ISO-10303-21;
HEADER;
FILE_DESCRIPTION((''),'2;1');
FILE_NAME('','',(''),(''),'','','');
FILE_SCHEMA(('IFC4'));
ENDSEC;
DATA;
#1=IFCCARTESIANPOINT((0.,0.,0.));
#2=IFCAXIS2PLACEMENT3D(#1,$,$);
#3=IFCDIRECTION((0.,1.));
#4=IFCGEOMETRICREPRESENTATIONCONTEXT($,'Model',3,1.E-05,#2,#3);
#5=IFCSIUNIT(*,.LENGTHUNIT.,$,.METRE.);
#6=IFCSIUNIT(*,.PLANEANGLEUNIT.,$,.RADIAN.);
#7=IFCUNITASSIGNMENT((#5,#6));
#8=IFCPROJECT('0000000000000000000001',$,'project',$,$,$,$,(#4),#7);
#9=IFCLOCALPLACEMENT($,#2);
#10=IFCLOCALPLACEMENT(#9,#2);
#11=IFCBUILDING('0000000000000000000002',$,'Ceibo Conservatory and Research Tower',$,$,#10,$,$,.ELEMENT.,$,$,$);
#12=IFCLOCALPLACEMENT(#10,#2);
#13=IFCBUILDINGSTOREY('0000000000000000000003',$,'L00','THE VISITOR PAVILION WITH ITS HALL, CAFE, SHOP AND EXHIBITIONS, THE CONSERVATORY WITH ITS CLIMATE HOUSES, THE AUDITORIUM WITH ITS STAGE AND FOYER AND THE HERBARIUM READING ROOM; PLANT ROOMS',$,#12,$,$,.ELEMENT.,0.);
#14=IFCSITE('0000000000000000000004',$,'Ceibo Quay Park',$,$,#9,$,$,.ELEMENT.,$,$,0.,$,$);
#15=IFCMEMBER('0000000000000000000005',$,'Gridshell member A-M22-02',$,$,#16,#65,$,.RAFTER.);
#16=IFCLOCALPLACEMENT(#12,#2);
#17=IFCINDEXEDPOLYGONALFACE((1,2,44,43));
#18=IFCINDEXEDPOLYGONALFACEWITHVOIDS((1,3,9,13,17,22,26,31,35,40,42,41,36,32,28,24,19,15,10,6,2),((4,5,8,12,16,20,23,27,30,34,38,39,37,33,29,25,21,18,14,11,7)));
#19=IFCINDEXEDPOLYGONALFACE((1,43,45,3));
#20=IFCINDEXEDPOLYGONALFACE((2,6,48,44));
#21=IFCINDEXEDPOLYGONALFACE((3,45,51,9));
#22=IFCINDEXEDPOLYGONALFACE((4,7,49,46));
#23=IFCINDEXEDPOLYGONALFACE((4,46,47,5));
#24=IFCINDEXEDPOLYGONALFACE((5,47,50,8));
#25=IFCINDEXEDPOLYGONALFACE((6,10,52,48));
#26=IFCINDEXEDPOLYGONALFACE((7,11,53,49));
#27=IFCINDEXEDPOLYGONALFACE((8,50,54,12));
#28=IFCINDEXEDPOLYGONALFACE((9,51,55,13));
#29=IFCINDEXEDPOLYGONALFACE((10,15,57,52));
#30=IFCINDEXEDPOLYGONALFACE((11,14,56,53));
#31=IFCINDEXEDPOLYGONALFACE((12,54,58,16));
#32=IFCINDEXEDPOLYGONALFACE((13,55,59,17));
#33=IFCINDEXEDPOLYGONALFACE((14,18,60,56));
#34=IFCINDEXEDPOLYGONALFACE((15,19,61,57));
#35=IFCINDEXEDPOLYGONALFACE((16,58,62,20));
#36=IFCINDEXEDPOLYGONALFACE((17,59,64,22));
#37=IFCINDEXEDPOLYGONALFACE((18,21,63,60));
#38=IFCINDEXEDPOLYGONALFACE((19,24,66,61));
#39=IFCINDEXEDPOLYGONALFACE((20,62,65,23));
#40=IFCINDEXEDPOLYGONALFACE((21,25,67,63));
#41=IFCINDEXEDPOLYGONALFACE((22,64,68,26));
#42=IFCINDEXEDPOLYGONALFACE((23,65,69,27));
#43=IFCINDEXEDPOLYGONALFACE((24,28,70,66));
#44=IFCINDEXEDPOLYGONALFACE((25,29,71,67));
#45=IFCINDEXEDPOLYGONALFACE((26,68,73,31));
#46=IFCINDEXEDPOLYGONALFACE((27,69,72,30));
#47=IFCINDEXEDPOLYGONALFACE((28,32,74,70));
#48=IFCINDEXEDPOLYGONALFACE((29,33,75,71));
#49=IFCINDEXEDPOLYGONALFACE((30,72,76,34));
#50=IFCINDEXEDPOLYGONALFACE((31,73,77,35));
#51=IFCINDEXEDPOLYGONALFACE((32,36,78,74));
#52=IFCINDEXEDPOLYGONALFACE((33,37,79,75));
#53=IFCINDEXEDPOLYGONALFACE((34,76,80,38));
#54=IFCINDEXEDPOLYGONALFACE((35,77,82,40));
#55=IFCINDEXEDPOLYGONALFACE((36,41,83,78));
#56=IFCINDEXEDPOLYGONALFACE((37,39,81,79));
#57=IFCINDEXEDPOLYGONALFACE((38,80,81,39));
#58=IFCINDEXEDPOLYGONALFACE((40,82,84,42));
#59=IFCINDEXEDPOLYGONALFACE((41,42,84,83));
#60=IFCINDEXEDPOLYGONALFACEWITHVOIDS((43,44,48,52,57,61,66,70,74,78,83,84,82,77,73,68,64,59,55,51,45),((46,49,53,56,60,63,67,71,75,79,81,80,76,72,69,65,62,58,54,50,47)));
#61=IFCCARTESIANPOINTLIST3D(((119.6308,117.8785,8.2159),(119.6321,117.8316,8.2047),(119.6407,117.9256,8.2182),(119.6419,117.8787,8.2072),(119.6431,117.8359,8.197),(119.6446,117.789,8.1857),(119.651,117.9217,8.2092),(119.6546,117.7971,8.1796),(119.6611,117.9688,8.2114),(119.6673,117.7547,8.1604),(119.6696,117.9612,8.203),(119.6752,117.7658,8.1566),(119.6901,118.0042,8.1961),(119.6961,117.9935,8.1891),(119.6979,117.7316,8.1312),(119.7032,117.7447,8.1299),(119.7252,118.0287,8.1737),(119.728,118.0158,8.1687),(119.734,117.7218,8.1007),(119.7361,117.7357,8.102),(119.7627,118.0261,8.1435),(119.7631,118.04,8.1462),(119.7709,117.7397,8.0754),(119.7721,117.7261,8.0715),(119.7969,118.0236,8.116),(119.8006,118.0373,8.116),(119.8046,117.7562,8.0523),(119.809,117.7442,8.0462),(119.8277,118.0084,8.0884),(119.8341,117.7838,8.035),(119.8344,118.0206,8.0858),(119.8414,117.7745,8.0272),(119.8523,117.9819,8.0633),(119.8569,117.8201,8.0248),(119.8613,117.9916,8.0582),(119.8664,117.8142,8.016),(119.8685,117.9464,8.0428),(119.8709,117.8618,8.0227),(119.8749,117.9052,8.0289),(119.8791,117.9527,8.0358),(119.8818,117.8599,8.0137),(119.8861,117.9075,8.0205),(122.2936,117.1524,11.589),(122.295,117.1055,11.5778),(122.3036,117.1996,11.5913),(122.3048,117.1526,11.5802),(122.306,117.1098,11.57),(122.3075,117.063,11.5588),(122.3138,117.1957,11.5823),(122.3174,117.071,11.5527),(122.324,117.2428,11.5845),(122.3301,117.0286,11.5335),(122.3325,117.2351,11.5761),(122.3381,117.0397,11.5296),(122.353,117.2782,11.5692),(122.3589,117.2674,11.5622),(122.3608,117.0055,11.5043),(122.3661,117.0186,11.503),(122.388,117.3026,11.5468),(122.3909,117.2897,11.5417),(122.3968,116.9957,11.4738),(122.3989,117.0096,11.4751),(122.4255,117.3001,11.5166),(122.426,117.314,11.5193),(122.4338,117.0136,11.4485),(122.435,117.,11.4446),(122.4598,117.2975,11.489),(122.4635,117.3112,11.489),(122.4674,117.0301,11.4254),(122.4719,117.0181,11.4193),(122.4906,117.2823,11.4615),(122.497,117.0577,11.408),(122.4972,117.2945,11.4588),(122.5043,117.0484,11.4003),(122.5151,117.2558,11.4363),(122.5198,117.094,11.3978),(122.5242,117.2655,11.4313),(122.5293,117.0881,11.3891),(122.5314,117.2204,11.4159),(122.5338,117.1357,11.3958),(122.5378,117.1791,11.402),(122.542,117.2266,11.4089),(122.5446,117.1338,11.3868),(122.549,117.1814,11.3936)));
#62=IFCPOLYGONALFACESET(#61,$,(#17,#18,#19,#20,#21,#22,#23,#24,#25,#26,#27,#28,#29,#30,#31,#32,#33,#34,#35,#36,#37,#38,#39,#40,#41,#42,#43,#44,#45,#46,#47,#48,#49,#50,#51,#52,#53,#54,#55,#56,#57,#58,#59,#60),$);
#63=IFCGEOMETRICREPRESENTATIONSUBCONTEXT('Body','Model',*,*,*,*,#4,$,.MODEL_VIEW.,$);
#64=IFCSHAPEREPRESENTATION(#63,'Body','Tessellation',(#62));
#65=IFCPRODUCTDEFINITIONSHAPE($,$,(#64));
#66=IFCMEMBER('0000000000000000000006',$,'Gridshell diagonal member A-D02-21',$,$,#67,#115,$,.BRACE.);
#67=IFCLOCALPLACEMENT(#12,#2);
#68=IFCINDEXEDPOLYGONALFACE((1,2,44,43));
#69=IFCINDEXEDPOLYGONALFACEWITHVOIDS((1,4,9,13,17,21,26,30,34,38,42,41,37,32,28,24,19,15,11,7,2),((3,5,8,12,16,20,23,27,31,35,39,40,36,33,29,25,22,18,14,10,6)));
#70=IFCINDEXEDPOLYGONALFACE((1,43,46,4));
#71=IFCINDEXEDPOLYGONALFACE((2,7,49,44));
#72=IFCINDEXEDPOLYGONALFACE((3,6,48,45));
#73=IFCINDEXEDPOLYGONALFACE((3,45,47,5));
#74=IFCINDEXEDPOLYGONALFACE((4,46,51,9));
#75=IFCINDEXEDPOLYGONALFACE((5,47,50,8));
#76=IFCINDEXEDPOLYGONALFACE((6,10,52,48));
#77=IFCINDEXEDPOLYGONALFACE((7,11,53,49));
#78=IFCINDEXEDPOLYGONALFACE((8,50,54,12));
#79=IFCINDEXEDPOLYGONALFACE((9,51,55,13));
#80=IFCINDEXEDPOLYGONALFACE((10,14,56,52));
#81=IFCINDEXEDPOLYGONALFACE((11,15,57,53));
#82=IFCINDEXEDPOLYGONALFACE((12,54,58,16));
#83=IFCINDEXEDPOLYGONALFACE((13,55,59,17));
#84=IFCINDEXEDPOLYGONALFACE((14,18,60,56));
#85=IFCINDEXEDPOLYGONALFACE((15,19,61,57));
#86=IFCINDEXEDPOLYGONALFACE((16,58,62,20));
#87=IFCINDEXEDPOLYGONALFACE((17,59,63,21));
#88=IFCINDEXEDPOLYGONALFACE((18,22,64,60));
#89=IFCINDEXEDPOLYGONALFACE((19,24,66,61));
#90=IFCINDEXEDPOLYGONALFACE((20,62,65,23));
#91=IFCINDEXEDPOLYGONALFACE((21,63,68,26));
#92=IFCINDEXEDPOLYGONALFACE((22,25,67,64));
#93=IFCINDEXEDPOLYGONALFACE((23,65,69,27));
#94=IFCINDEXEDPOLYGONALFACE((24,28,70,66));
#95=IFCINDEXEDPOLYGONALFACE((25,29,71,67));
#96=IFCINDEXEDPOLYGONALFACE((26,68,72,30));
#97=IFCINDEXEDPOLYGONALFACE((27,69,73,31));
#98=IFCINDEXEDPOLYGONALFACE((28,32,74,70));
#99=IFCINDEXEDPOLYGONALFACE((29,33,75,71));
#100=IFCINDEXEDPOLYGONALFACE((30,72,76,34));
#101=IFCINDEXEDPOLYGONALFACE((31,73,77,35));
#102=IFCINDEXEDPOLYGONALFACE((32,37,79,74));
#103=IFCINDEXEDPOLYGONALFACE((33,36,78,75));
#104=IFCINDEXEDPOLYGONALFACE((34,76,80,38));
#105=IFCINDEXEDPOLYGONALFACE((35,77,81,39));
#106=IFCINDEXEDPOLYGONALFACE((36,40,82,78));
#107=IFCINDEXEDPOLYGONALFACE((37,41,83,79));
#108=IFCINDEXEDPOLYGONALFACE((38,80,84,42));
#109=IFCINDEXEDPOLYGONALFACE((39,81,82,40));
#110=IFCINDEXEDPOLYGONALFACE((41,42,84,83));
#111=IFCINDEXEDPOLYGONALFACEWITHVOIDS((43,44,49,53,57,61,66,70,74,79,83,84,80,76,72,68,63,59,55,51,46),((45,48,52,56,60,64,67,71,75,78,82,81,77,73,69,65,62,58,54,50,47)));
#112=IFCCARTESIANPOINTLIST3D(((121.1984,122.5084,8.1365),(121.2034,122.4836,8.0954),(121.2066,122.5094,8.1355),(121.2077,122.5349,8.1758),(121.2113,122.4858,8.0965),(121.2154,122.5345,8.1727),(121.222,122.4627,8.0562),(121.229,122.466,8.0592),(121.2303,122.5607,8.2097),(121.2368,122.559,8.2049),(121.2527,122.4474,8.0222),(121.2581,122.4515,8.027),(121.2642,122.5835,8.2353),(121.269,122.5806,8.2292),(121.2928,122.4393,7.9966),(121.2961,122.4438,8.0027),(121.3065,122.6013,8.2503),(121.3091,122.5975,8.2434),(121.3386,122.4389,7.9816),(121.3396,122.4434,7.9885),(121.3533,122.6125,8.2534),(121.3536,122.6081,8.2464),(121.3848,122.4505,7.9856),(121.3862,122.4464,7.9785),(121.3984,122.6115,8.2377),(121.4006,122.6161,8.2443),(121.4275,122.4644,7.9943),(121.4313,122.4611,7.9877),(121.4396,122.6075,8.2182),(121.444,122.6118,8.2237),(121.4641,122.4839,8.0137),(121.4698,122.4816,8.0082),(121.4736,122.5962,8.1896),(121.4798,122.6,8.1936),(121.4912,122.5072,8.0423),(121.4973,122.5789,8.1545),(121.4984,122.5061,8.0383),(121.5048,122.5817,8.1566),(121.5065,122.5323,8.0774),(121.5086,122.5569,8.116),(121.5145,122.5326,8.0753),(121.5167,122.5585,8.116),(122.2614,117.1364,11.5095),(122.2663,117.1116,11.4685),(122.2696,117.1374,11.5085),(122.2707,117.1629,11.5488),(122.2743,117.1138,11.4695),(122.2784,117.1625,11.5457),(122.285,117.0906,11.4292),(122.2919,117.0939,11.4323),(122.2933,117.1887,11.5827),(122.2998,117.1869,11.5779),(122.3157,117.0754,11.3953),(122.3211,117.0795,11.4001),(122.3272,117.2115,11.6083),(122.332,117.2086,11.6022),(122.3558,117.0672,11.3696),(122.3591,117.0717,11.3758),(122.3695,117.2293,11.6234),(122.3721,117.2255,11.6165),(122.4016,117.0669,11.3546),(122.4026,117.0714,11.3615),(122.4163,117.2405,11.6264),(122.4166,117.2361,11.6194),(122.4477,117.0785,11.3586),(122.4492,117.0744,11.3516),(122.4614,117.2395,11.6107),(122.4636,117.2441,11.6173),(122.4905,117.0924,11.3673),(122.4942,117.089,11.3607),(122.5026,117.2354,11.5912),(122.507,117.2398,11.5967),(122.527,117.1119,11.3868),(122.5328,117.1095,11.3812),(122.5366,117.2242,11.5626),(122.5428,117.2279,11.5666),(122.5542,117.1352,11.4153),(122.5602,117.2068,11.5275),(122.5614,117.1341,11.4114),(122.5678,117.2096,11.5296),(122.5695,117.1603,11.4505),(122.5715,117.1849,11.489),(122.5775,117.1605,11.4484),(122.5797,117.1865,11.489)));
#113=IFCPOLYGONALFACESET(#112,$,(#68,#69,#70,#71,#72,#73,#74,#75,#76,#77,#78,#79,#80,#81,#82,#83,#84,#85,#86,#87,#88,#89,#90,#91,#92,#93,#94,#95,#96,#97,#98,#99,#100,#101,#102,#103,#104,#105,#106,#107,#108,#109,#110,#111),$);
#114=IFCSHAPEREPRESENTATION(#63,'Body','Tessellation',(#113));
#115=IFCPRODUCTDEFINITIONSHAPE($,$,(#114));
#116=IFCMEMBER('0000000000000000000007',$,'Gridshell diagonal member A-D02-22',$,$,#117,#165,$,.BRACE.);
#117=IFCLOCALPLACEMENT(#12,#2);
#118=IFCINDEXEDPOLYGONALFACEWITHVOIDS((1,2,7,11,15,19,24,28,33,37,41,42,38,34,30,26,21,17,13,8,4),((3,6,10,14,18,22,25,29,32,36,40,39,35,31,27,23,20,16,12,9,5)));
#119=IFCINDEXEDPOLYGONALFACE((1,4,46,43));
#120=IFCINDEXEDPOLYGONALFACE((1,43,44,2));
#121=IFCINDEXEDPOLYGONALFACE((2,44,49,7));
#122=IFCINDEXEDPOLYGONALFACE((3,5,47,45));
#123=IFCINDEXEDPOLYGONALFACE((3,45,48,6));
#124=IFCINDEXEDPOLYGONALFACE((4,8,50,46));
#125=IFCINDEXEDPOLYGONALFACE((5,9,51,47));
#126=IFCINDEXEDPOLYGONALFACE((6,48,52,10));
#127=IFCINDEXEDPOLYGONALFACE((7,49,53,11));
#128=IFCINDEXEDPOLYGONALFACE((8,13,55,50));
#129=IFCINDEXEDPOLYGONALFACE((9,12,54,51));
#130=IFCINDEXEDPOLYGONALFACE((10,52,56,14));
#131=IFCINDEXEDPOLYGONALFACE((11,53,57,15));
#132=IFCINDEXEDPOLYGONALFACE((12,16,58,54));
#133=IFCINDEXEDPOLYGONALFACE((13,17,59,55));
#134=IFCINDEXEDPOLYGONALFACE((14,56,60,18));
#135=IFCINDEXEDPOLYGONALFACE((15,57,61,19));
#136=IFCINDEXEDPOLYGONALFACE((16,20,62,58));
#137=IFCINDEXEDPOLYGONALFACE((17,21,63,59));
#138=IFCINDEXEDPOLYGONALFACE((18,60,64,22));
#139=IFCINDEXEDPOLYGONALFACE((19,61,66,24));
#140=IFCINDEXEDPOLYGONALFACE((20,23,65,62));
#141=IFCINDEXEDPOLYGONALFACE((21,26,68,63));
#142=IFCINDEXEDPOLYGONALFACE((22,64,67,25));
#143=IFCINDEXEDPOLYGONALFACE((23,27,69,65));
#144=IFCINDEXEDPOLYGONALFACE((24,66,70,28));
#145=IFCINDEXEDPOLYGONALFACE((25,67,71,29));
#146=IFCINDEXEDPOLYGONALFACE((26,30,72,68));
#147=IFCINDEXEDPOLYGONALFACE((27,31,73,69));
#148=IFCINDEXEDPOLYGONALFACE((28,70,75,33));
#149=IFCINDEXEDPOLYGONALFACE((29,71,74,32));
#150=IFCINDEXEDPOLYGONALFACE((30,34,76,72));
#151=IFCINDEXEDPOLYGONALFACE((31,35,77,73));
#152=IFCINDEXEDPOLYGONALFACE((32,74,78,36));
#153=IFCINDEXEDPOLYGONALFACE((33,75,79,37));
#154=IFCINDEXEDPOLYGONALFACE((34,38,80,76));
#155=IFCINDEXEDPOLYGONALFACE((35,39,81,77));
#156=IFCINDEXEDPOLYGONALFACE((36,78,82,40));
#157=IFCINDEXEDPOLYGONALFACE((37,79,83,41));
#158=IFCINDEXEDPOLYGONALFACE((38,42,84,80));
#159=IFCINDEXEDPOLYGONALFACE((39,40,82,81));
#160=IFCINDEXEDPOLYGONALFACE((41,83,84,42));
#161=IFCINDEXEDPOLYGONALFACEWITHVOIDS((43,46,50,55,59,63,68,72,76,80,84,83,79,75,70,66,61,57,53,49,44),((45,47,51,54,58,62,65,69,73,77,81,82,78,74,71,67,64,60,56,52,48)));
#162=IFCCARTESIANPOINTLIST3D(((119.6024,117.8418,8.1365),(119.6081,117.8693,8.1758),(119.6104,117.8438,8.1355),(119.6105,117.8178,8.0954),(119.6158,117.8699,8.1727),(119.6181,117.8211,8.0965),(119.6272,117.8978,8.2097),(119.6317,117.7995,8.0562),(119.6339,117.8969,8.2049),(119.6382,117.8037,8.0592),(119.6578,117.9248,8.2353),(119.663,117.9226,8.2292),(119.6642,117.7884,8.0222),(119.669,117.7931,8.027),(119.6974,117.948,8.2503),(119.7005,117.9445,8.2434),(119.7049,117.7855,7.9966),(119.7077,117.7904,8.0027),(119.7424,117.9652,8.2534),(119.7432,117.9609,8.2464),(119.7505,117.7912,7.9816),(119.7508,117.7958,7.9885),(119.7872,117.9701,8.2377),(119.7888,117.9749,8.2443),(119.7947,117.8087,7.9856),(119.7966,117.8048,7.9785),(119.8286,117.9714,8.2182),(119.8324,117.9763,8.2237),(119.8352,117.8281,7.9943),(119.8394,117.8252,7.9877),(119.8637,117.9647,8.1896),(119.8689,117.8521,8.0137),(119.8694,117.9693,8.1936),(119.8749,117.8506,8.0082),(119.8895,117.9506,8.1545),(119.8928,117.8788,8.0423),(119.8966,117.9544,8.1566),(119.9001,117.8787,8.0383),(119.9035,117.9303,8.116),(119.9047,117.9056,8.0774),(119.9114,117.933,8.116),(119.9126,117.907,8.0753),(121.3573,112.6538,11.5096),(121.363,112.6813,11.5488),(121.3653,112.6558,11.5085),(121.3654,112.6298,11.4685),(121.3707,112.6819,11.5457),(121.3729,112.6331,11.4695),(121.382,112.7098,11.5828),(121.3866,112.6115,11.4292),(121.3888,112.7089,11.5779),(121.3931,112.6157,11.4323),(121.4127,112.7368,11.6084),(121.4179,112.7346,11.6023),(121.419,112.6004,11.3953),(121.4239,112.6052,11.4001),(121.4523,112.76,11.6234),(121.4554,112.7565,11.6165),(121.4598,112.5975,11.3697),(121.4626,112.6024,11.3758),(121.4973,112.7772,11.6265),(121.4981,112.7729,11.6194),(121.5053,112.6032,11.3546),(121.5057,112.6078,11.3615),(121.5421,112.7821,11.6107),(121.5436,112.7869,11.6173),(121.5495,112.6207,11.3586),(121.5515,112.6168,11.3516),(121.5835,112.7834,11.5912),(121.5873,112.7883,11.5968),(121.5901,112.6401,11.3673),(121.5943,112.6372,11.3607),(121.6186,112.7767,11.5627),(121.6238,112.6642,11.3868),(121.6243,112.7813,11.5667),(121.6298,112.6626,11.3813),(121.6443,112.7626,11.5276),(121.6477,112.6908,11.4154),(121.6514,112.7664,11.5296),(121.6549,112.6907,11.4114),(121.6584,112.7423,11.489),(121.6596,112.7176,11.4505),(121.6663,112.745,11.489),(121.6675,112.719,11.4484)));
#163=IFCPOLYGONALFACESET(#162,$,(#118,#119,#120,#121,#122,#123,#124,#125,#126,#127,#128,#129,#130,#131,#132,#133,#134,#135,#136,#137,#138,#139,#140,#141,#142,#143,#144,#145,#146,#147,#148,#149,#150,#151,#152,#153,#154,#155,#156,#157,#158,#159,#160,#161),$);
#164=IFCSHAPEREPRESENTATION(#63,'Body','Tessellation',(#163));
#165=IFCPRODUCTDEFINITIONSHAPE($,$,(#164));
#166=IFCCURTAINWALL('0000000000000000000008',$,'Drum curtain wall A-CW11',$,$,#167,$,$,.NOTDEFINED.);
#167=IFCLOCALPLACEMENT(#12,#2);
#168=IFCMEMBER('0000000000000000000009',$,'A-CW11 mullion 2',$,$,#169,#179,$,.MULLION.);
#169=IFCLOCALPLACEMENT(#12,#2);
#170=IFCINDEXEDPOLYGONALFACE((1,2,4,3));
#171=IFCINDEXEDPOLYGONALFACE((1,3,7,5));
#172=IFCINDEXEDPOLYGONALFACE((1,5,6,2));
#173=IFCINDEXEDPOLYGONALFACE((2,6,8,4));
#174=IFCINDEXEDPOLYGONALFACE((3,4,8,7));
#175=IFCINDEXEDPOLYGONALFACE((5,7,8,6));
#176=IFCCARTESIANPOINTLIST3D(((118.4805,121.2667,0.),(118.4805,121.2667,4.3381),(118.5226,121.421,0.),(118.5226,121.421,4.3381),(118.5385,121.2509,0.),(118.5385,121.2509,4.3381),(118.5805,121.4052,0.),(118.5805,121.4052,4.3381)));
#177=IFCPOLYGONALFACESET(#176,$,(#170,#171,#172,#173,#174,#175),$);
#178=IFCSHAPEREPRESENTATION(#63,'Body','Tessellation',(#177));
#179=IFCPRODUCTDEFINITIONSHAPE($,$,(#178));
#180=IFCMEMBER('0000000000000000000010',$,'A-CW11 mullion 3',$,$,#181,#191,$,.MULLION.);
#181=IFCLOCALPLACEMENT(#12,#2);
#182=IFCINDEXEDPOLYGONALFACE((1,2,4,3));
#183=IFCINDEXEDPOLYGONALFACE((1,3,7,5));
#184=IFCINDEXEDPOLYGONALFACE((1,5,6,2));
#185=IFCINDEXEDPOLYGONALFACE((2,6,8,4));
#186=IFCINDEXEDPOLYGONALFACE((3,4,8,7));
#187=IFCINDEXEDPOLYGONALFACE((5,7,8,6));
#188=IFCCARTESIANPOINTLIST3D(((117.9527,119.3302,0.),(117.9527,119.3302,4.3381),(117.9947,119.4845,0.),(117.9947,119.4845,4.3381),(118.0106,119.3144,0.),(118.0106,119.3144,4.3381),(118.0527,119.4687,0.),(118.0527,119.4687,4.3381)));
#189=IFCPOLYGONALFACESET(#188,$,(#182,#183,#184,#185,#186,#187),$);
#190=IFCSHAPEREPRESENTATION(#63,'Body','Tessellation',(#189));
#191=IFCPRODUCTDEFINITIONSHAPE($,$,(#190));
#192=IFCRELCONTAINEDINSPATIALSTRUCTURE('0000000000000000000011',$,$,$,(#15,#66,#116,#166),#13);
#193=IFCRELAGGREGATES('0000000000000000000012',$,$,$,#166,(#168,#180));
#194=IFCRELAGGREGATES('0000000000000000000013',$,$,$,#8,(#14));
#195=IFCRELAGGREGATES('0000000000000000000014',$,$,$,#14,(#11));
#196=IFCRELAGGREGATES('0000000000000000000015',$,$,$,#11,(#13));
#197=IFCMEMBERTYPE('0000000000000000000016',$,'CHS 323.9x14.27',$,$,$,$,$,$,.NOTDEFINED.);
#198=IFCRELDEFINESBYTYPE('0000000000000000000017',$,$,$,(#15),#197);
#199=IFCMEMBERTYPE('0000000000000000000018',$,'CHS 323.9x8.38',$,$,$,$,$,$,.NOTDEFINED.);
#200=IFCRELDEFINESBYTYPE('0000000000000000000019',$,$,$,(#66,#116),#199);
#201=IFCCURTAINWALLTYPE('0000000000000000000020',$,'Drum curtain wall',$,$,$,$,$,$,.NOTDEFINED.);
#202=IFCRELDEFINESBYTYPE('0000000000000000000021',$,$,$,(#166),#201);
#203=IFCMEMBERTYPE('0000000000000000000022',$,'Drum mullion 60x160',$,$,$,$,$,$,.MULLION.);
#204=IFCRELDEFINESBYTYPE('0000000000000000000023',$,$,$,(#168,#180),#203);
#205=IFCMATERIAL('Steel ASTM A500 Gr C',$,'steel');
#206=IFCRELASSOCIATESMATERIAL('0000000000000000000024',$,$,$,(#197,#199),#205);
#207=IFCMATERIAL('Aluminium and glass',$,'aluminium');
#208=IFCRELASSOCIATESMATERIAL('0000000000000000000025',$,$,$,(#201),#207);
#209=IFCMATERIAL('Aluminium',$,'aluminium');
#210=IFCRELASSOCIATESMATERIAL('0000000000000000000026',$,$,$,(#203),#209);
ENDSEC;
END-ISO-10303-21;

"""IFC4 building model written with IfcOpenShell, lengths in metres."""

from ifc_helpers import new_model, si_unit, direction, frame, origin, origin_2d, place, context, subcontext, project, spatial, rectangle, hollow_circle, extrude, material, material_profile, profile_set, type_object, element, aggregate, save


model = new_model("IFC4")

# Units and contexts
model_context = context("Model", 3, precision=1e-05, world=origin(), true_north=direction((0.0, 1.0)))
body_context = subcontext(model_context, "Body", "Model", "MODEL_VIEW")
ifc_project = project(units=[si_unit("LENGTHUNIT", "METRE"), si_unit("PLANEANGLEUNIT", "RADIAN")], contexts=[model_context])

# Site, building, storey
site_placement = place(None, origin())
site = spatial("IfcSite", under=ifc_project, at=site_placement, Name="Ceibo Quay Park", CompositionType="ELEMENT", RefElevation=0.0)
building_placement = place(site_placement, origin())
building = spatial("IfcBuilding", under=site, at=building_placement, Name="Ceibo Conservatory and Research Tower", CompositionType="ELEMENT")
storey_placement = place(building_placement, origin())
storey = spatial("IfcBuildingStorey", under=building, at=storey_placement, Name="L00", Description="THE VISITOR PAVILION WITH ITS HALL, CAFE, SHOP AND EXHIBITIONS, THE CONSERVATORY WITH ITS CLIMATE HOUSES, THE AUDITORIUM WITH ITS STAGE AND FOYER AND THE HERBARIUM READING ROOM; PLANT ROOMS", CompositionType="ELEMENT", Elevation=0.0)

# Members
ifc_material_1 = material(Name="Steel ASTM A500 Gr C", Category="steel")
ifc_material_profile_1 = material_profile(ifc_material_1, hollow_circle(Radius=0.1619, WallThickness=0.0142, at=origin_2d()), Name="CHS 323.9x14.27")
ifc_profile_set_1 = profile_set([ifc_material_profile_1], Name="Steel ASTM A500 Gr C")
member_type_1 = type_object("IfcMemberType", Name="CHS 323.9x14.27", PredefinedType="NOTDEFINED", material=ifc_profile_set_1)
for number, where, z_axis, x_axis, name in (
    (1, (119.7581, 117.8811, 8.116), (0.610972, -0.166593, 0.773925), (0.263065, 0.964778, 0.0), "Gridshell member A-M22-02"),
):
    element("IfcMember", number, at=place(storey_placement, frame(where, z_axis=z_axis, x_axis=x_axis)), inside=storey, type_object=member_type_1, Name=name, PredefinedType="RAFTER", context=body_context, shape_type="SweptSolid", body=[
        extrude(hollow_circle(Radius=0.1619, WallThickness=0.0142, at=origin_2d()), origin(), (0.0, 0.0, 1.0), 4.3584),
    ])
ifc_material_profile_2 = material_profile(ifc_material_1, hollow_circle(Radius=0.1619, WallThickness=0.0083, at=origin_2d()), Name="CHS 323.9x8.38")
ifc_profile_set_2 = profile_set([ifc_material_profile_2], Name="Steel ASTM A500 Gr C")
member_type_2 = type_object("IfcMemberType", Name="CHS 323.9x8.38", PredefinedType="NOTDEFINED", material=ifc_profile_set_2)
member_1_placement = place(storey_placement, frame((121.3579, 122.5271, 8.116), z_axis=(0.165274, -0.835251, 0.524442), x_axis=(0.98098, 0.19411, 0.0)))
element("IfcMember", 2, at=member_1_placement, inside=storey, type_object=member_type_2, Name="Gridshell diagonal member A-D02-21", PredefinedType="BRACE", context=body_context, shape_type="SweptSolid", body=[
    extrude(hollow_circle(Radius=0.1619, WallThickness=0.0083, at=origin_2d()), origin(), (0.0, 0.0, 1.0), 6.4316),
])
member_2_placement = place(storey_placement, frame((119.7581, 117.8811, 8.116), z_axis=(0.272831, -0.806574, 0.524406), x_axis=(0.947274, 0.320424, 0.0)))
element("IfcMember", 3, at=member_2_placement, inside=storey, type_object=member_type_2, Name="Gridshell diagonal member A-D02-22", PredefinedType="BRACE", context=body_context, shape_type="SweptSolid", body=[
    extrude(hollow_circle(Radius=0.1619, WallThickness=0.0083, at=origin_2d()), origin(), (0.0, 0.0, 1.0), 6.4321),
])

# Curtain wall, members
ifc_material_2 = material(Name="Aluminium and glass", Category="aluminium")
curtain_wall_type = type_object("IfcCurtainWallType", Name="Drum curtain wall", PredefinedType="NOTDEFINED", material=ifc_material_2)
curtain_wall_placement = place(storey_placement, origin())
curtain_wall = element("IfcCurtainWall", 4, at=curtain_wall_placement, inside=storey, type_object=curtain_wall_type, Name="Drum curtain wall A-CW11", PredefinedType="NOTDEFINED")
ifc_material_3 = material(Name="Aluminium", Category="aluminium")
ifc_material_profile_3 = material_profile(ifc_material_3, rectangle(XDim=0.0601, YDim=0.1599, at=origin_2d()), Name="AL 60x160")
ifc_profile_set_3 = profile_set([ifc_material_profile_3], Name="Aluminium")
member_type_3 = type_object("IfcMemberType", Name="Drum mullion 60x160", PredefinedType="MULLION", material=ifc_profile_set_3)
member_3_placement = place(storey_placement, frame((118.5305, 121.3359, 0.0), z_axis=(0.0, 0.0, 1.0), x_axis=(0.964787, -0.263031, 0.0)))
member_3 = element("IfcMember", 5, at=member_3_placement, type_object=member_type_3, Name="A-CW11 mullion 2", PredefinedType="MULLION", context=body_context, shape_type="SweptSolid", body=[
    extrude(rectangle(XDim=0.0601, YDim=0.1599, at=origin_2d()), origin(), (0.0, 0.0, 1.0), 4.3381),
])
member_4_placement = place(storey_placement, frame((118.0027, 119.3994, 0.0), z_axis=(0.0, 0.0, 1.0), x_axis=(0.964787, -0.263031, 0.0)))
member_4 = element("IfcMember", 6, at=member_4_placement, type_object=member_type_3, Name="A-CW11 mullion 3", PredefinedType="MULLION", context=body_context, shape_type="SweptSolid", body=[
    extrude(rectangle(XDim=0.0601, YDim=0.1599, at=origin_2d()), origin(), (0.0, 0.0, 1.0), 4.3381),
])

aggregate(curtain_wall, [member_3, member_4])

save(model, "model.ifc")
